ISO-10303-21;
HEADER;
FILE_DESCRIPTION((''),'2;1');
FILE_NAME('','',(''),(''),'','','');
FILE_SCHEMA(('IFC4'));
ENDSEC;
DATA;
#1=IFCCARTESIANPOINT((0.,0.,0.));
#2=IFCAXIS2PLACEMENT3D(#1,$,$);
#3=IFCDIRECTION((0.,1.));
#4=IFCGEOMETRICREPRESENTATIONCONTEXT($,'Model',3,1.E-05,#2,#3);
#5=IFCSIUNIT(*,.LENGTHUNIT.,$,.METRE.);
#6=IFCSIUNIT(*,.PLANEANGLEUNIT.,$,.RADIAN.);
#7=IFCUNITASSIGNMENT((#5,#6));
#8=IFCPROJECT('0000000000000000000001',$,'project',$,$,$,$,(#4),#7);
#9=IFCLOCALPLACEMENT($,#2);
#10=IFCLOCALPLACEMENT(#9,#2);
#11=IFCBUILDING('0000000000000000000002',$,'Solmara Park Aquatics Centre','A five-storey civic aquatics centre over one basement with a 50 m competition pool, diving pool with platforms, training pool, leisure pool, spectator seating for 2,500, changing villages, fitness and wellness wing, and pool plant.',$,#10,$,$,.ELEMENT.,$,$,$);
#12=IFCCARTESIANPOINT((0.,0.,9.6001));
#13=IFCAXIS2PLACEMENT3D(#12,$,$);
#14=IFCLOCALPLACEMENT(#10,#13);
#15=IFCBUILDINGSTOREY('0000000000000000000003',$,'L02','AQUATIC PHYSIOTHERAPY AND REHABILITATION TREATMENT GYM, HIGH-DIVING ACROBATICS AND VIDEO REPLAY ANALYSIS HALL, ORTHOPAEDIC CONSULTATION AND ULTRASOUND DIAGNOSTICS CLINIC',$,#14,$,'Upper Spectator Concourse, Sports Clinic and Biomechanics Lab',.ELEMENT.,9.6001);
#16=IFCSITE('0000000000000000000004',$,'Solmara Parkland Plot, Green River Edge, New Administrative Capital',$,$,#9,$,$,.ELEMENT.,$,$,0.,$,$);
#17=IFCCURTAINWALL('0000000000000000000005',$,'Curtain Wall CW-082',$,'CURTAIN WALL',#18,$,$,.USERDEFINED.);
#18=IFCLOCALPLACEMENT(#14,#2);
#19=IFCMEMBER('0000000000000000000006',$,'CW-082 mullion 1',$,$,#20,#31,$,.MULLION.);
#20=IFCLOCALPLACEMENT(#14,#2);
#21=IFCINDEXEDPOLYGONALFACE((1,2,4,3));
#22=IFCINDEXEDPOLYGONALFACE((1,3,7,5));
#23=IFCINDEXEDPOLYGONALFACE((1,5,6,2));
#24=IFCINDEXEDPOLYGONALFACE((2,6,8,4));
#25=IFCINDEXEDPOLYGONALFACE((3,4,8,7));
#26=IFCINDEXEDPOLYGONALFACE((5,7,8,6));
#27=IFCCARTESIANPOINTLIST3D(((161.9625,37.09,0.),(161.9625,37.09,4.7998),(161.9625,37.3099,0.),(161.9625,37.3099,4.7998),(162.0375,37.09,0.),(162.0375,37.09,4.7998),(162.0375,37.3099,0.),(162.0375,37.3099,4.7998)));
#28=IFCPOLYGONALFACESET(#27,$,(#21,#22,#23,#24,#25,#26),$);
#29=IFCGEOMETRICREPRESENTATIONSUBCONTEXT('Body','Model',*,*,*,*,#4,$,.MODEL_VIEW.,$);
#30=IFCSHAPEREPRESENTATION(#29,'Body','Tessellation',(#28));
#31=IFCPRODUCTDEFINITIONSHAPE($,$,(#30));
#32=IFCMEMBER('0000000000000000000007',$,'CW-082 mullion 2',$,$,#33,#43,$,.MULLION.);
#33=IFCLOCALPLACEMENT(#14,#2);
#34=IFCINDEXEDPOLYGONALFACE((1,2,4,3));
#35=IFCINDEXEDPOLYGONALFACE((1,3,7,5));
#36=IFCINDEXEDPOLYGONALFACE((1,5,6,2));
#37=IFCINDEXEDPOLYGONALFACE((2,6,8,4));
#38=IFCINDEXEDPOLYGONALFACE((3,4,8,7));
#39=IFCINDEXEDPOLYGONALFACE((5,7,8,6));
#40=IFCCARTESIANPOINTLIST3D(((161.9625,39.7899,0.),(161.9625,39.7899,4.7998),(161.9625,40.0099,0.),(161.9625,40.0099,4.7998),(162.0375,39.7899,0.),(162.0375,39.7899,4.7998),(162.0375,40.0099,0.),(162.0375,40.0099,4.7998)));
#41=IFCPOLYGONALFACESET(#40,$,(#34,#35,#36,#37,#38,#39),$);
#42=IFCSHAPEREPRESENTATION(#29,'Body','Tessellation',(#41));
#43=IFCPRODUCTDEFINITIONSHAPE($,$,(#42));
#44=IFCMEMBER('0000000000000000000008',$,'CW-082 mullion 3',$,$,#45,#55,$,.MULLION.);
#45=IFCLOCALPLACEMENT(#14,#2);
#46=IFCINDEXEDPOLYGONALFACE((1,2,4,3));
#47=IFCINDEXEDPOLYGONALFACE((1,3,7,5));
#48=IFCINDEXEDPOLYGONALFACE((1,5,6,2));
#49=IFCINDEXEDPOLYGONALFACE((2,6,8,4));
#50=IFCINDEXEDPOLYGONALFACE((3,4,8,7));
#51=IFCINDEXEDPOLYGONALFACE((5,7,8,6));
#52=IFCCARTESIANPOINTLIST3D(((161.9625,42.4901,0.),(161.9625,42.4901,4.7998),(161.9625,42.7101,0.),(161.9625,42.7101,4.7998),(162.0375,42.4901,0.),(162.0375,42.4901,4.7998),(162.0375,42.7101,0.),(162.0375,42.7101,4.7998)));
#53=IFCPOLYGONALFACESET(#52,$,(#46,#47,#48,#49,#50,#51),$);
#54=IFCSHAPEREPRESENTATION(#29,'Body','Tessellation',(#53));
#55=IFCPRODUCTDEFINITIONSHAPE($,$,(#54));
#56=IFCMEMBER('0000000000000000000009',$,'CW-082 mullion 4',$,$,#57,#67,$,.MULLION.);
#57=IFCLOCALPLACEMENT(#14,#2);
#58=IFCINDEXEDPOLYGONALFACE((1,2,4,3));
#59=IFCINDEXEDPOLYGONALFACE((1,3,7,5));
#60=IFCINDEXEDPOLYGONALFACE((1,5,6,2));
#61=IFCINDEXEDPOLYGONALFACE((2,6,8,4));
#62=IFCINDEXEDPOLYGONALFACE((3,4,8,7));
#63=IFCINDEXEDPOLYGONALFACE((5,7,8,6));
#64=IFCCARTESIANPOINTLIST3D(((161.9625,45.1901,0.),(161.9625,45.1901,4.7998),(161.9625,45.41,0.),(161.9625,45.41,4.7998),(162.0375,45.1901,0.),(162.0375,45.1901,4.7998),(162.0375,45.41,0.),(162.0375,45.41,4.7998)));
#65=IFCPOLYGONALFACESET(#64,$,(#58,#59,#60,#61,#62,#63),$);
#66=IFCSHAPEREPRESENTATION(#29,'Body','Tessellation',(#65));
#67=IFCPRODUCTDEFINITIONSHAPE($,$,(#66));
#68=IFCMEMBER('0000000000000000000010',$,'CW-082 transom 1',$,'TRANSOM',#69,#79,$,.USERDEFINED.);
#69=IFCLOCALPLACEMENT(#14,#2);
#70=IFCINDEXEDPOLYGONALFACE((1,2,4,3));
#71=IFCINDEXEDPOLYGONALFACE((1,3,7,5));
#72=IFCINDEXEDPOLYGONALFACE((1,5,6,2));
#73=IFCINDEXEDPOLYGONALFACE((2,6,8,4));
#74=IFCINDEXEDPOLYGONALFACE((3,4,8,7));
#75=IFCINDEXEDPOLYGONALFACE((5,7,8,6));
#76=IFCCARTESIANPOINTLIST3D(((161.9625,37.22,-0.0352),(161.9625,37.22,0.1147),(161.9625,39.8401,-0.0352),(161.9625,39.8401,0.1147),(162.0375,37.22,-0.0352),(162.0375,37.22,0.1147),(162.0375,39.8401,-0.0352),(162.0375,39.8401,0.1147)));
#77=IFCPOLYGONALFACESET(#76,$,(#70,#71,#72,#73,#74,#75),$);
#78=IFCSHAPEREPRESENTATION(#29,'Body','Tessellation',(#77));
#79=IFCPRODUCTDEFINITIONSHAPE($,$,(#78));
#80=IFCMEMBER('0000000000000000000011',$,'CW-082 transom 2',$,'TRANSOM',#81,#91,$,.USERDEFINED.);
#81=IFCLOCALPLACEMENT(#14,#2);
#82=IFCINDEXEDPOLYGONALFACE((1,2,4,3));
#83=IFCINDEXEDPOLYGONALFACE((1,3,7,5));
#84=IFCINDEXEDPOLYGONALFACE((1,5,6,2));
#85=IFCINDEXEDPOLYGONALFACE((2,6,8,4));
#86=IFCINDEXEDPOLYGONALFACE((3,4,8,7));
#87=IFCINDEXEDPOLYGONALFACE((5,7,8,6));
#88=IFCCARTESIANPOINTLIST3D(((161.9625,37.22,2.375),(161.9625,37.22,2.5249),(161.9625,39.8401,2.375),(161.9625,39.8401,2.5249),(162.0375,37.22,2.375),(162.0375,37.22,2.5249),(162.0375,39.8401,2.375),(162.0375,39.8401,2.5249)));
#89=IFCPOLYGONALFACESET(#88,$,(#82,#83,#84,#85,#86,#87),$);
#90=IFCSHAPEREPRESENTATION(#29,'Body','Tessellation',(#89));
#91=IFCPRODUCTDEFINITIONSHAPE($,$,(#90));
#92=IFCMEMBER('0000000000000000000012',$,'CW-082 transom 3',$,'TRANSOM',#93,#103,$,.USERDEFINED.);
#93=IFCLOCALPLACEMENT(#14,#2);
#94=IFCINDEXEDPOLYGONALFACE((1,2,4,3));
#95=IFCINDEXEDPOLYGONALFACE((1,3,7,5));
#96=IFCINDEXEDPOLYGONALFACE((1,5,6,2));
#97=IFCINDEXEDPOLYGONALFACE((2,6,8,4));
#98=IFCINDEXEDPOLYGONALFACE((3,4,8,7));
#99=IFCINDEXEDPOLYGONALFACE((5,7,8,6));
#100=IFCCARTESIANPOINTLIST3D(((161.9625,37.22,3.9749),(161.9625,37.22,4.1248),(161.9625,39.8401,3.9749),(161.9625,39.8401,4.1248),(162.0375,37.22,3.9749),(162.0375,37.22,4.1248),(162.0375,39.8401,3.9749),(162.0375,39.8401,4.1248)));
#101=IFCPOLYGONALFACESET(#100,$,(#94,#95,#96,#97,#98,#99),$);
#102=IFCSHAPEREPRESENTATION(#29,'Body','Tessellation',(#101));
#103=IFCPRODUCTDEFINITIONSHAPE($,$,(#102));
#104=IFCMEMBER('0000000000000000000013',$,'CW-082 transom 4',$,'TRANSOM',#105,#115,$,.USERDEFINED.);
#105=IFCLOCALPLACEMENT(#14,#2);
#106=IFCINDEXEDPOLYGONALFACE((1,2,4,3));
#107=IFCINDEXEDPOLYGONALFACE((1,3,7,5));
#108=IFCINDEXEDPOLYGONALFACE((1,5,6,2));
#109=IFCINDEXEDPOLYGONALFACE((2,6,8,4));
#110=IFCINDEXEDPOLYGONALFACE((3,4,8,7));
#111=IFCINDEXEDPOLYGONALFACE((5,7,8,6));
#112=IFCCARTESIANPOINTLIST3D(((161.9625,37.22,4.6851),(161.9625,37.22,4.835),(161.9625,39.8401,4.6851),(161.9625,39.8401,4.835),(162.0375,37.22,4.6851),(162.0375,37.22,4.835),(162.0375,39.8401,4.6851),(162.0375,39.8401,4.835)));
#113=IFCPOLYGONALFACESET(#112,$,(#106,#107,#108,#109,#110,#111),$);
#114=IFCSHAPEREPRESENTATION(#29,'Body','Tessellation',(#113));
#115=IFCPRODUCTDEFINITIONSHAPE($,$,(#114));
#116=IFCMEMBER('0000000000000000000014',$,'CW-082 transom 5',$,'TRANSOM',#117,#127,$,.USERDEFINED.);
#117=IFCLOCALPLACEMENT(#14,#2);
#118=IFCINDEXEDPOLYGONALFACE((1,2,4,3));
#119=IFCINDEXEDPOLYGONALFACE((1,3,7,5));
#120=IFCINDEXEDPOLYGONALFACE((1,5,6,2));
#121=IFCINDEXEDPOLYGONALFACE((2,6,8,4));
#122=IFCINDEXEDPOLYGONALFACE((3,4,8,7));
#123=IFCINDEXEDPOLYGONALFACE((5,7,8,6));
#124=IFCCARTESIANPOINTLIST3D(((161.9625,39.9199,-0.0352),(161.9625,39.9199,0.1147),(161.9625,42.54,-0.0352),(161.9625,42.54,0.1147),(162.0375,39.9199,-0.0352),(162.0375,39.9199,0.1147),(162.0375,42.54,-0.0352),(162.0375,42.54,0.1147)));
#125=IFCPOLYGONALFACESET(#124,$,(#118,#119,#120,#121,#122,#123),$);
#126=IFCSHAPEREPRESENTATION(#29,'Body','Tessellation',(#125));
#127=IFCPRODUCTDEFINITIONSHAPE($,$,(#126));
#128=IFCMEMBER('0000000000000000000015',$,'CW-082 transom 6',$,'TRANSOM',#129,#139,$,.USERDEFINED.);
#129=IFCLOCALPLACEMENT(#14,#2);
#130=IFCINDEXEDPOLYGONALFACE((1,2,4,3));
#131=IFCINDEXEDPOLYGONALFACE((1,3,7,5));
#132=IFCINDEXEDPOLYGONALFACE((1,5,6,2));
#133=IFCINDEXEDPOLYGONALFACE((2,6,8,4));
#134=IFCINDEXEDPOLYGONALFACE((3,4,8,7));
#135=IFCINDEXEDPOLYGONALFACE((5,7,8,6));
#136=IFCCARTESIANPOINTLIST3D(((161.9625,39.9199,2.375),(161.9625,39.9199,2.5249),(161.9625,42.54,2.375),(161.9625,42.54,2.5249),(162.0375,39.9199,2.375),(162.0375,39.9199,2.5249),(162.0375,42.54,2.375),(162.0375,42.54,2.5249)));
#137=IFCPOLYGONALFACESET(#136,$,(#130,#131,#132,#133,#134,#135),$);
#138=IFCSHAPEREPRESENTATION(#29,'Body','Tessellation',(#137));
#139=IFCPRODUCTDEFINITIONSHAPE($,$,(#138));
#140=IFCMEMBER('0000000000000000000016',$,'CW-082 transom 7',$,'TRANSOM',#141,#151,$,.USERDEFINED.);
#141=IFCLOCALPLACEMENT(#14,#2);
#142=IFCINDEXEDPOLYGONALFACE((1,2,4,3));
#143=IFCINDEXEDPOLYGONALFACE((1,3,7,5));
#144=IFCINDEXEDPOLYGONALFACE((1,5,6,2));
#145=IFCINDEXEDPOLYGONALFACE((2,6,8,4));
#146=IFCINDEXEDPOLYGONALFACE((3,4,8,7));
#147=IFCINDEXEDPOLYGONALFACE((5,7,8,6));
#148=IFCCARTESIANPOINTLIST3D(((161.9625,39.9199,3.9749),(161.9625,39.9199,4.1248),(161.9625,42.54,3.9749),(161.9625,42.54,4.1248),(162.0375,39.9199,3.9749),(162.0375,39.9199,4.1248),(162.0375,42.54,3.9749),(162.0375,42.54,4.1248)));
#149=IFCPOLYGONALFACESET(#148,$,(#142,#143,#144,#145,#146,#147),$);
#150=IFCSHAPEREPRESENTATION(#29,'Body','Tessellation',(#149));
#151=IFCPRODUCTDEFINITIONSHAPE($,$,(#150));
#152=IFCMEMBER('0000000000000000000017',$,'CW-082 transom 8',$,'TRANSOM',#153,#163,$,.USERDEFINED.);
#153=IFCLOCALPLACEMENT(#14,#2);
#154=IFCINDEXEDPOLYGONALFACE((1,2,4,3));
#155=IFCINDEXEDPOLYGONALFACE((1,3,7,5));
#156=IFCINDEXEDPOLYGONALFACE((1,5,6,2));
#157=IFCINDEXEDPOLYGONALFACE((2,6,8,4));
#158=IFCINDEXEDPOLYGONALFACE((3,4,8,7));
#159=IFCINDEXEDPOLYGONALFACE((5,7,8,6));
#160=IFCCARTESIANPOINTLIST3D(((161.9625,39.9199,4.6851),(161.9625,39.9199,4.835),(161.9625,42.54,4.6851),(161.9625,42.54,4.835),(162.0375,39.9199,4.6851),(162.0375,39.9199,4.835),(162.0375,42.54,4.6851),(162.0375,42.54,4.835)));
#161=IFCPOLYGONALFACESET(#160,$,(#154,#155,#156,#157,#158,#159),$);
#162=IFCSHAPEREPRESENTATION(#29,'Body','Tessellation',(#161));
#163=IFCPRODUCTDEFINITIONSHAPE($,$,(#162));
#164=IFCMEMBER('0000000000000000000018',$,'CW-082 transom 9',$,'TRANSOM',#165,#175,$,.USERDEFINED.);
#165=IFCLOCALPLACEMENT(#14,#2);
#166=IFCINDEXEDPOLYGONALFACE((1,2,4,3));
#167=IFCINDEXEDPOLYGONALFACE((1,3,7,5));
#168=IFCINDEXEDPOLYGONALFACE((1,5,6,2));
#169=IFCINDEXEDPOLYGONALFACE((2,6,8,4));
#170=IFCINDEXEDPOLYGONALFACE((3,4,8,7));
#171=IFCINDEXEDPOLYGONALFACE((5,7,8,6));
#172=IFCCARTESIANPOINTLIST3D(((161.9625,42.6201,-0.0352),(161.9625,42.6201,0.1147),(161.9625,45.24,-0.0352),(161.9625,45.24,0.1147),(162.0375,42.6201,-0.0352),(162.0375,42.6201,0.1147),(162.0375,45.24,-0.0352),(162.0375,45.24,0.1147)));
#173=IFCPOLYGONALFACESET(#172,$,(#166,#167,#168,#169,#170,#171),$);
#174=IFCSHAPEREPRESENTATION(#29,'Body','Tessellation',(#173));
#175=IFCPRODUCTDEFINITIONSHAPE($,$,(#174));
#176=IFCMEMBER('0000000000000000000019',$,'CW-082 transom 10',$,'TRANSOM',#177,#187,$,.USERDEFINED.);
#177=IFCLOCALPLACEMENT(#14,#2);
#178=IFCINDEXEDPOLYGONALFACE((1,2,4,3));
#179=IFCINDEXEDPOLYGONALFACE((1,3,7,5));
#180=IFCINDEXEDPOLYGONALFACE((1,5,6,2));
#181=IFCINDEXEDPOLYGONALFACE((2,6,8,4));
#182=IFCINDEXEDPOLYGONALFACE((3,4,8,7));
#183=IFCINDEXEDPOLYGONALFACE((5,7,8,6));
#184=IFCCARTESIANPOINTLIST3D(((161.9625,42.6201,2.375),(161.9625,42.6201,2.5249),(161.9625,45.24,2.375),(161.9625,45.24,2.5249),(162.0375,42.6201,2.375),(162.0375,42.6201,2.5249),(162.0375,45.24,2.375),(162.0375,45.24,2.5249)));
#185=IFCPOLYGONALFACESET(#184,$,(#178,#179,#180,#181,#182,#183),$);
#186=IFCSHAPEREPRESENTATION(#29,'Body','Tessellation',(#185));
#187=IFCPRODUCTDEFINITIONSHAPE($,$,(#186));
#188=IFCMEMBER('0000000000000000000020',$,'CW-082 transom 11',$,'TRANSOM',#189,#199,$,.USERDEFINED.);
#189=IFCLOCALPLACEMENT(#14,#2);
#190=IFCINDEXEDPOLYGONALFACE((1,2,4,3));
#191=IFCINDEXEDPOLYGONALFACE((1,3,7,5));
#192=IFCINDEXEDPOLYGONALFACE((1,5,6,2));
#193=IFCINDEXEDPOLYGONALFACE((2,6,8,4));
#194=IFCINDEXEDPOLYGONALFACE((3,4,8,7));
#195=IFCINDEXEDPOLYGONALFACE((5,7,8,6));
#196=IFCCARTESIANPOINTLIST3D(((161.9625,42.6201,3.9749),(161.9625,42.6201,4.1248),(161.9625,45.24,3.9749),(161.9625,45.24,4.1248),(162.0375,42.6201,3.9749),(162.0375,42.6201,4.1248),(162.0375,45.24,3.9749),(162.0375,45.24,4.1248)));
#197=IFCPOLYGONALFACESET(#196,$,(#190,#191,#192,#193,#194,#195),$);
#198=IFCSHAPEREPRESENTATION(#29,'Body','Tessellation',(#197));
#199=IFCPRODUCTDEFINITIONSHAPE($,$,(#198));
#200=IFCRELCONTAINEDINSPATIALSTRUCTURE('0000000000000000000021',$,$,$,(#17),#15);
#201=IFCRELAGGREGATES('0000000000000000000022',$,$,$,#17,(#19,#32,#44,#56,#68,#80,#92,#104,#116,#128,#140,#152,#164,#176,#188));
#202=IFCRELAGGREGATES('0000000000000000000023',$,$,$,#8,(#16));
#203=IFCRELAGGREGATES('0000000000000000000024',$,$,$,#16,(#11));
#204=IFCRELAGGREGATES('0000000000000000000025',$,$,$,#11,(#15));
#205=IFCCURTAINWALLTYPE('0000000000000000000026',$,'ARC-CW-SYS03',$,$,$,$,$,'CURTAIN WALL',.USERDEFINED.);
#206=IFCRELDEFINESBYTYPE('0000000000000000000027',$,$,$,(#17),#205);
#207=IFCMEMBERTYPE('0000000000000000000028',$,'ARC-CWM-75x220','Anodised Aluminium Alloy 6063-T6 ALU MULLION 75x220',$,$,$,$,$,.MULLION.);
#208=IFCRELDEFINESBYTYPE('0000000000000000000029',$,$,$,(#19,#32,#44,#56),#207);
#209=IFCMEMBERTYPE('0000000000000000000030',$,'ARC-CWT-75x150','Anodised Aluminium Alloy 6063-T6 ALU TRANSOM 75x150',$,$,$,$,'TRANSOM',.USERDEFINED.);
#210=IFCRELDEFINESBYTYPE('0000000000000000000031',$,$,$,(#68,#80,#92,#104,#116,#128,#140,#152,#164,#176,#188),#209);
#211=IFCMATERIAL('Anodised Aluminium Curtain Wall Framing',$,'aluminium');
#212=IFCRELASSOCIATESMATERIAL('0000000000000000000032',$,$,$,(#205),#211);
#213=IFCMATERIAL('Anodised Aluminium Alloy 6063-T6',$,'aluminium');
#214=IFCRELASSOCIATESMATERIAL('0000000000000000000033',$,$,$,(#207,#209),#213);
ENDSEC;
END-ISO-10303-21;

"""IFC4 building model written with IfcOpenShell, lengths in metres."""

from ifc_helpers import new_model, si_unit, direction, frame, origin, origin_2d, place, context, subcontext, project, spatial, rectangle, extrude, material, material_profile, profile_set, type_object, element, aggregate, save


model = new_model("IFC4")

# Units and contexts
model_context = context("Model", 3, precision=1e-05, world=origin(), true_north=direction((0.0, 1.0)))
body_context = subcontext(model_context, "Body", "Model", "MODEL_VIEW")
ifc_project = project(units=[si_unit("LENGTHUNIT", "METRE"), si_unit("PLANEANGLEUNIT", "RADIAN")], contexts=[model_context])

# Site, building, storey
site_placement = place(None, origin())
site = spatial("IfcSite", under=ifc_project, at=site_placement, Name="Solmara Parkland Plot, Green River Edge, New Administrative Capital", CompositionType="ELEMENT", RefElevation=0.0)
building_placement = place(site_placement, origin())
building = spatial("IfcBuilding", under=site, at=building_placement, Name="Solmara Park Aquatics Centre", Description="A five-storey civic aquatics centre over one basement with a 50 m competition pool, diving pool with platforms, training pool, leisure pool, spectator seating for 2,500, changing villages, fitness and wellness wing, and pool plant.", CompositionType="ELEMENT")
storey_placement = place(building_placement, frame((0.0, 0.0, 9.6001)))
storey = spatial("IfcBuildingStorey", under=building, at=storey_placement, Name="L02", Description="AQUATIC PHYSIOTHERAPY AND REHABILITATION TREATMENT GYM, HIGH-DIVING ACROBATICS AND VIDEO REPLAY ANALYSIS HALL, ORTHOPAEDIC CONSULTATION AND ULTRASOUND DIAGNOSTICS CLINIC", LongName="Upper Spectator Concourse, Sports Clinic and Biomechanics Lab", CompositionType="ELEMENT", Elevation=9.6001)

# Curtain wall, members
ifc_material_1 = material(Name="Anodised Aluminium Curtain Wall Framing", Category="aluminium")
curtain_wall_type = type_object("IfcCurtainWallType", Name="ARC-CW-SYS03", ElementType="CURTAIN WALL", PredefinedType="USERDEFINED", material=ifc_material_1)
curtain_wall_placement = place(storey_placement, origin())
curtain_wall = element("IfcCurtainWall", 1, at=curtain_wall_placement, inside=storey, type_object=curtain_wall_type, Name="Curtain Wall CW-082", ObjectType="CURTAIN WALL", PredefinedType="USERDEFINED")
ifc_material_2 = material(Name="Anodised Aluminium Alloy 6063-T6", Category="aluminium")
ifc_material_profile_1 = material_profile(ifc_material_2, rectangle(XDim=0.075, YDim=0.22, at=origin_2d()), Name="ALU MULLION 75x220")
ifc_profile_set_1 = profile_set([ifc_material_profile_1], Name="Anodised Aluminium Alloy 6063-T6")
member_type_1 = type_object("IfcMemberType", Name="ARC-CWM-75x220", Description="Anodised Aluminium Alloy 6063-T6 ALU MULLION 75x220", PredefinedType="MULLION", material=ifc_profile_set_1)
member_1_placement = place(storey_placement, frame((162.0, 37.2, 0.0), z_axis=(0.0, 0.0, 1.0), x_axis=(1.0, 0.0, 0.0)))
member_1 = element("IfcMember", 2, at=member_1_placement, type_object=member_type_1, Name="CW-082 mullion 1", PredefinedType="MULLION", context=body_context, shape_type="SweptSolid", body=[
    extrude(rectangle(XDim=0.075, YDim=0.22, at=origin_2d()), origin(), (0.0, 0.0, 1.0), 4.7998),
])
member_2_placement = place(storey_placement, frame((162.0, 39.8999, 0.0), z_axis=(0.0, 0.0, 1.0), x_axis=(1.0, 0.0, 0.0)))
member_2 = element("IfcMember", 3, at=member_2_placement, type_object=member_type_1, Name="CW-082 mullion 2", PredefinedType="MULLION", context=body_context, shape_type="SweptSolid", body=[
    extrude(rectangle(XDim=0.075, YDim=0.22, at=origin_2d()), origin(), (0.0, 0.0, 1.0), 4.7998),
])
member_3_placement = place(storey_placement, frame((162.0, 42.6001, 0.0), z_axis=(0.0, 0.0, 1.0), x_axis=(1.0, 0.0, 0.0)))
member_3 = element("IfcMember", 4, at=member_3_placement, type_object=member_type_1, Name="CW-082 mullion 3", PredefinedType="MULLION", context=body_context, shape_type="SweptSolid", body=[
    extrude(rectangle(XDim=0.075, YDim=0.22, at=origin_2d()), origin(), (0.0, 0.0, 1.0), 4.7998),
])
member_4_placement = place(storey_placement, frame((162.0, 45.3, 0.0), z_axis=(0.0, 0.0, 1.0), x_axis=(1.0, 0.0, 0.0)))
member_4 = element("IfcMember", 5, at=member_4_placement, type_object=member_type_1, Name="CW-082 mullion 4", PredefinedType="MULLION", context=body_context, shape_type="SweptSolid", body=[
    extrude(rectangle(XDim=0.075, YDim=0.22, at=origin_2d()), origin(), (0.0, 0.0, 1.0), 4.7998),
])
ifc_material_profile_2 = material_profile(ifc_material_2, rectangle(XDim=0.075, YDim=0.1499, at=origin_2d()), Name="ALU TRANSOM 75x150")
ifc_profile_set_2 = profile_set([ifc_material_profile_2], Name="Anodised Aluminium Alloy 6063-T6")
member_type_2 = type_object("IfcMemberType", Name="ARC-CWT-75x150", Description="Anodised Aluminium Alloy 6063-T6 ALU TRANSOM 75x150", ElementType="TRANSOM", PredefinedType="USERDEFINED", material=ifc_profile_set_2)
member_5_placement = place(storey_placement, frame((162.0, 37.22, 0.0398), z_axis=(0.0, 1.0, 0.0), x_axis=(-1.0, 0.0, 0.0)))
member_5 = element("IfcMember", 6, at=member_5_placement, type_object=member_type_2, Name="CW-082 transom 1", ObjectType="TRANSOM", PredefinedType="USERDEFINED", context=body_context, shape_type="SweptSolid", body=[
    extrude(rectangle(XDim=0.075, YDim=0.1499, at=origin_2d()), origin(), (0.0, 0.0, 1.0), 2.6201),
])
member_6_placement = place(storey_placement, frame((162.0, 37.22, 2.45), z_axis=(0.0, 1.0, 0.0), x_axis=(-1.0, 0.0, 0.0)))
member_6 = element("IfcMember", 7, at=member_6_placement, type_object=member_type_2, Name="CW-082 transom 2", ObjectType="TRANSOM", PredefinedType="USERDEFINED", context=body_context, shape_type="SweptSolid", body=[
    extrude(rectangle(XDim=0.075, YDim=0.1499, at=origin_2d()), origin(), (0.0, 0.0, 1.0), 2.6201),
])
member_7_placement = place(storey_placement, frame((162.0, 37.22, 4.0498), z_axis=(0.0, 1.0, 0.0), x_axis=(-1.0, 0.0, 0.0)))
member_7 = element("IfcMember", 8, at=member_7_placement, type_object=member_type_2, Name="CW-082 transom 3", ObjectType="TRANSOM", PredefinedType="USERDEFINED", context=body_context, shape_type="SweptSolid", body=[
    extrude(rectangle(XDim=0.075, YDim=0.1499, at=origin_2d()), origin(), (0.0, 0.0, 1.0), 2.6201),
])
member_8_placement = place(storey_placement, frame((162.0, 37.22, 4.76), z_axis=(0.0, 1.0, 0.0), x_axis=(-1.0, 0.0, 0.0)))
member_8 = element("IfcMember", 9, at=member_8_placement, type_object=member_type_2, Name="CW-082 transom 4", ObjectType="TRANSOM", PredefinedType="USERDEFINED", context=body_context, shape_type="SweptSolid", body=[
    extrude(rectangle(XDim=0.075, YDim=0.1499, at=origin_2d()), origin(), (0.0, 0.0, 1.0), 2.6201),
])
member_9_placement = place(storey_placement, frame((162.0, 39.9199, 0.0398), z_axis=(0.0, 1.0, 0.0), x_axis=(-1.0, 0.0, 0.0)))
member_9 = element("IfcMember", 10, at=member_9_placement, type_object=member_type_2, Name="CW-082 transom 5", ObjectType="TRANSOM", PredefinedType="USERDEFINED", context=body_context, shape_type="SweptSolid", body=[
    extrude(rectangle(XDim=0.075, YDim=0.1499, at=origin_2d()), origin(), (0.0, 0.0, 1.0), 2.6201),
])
member_10_placement = place(storey_placement, frame((162.0, 39.9199, 2.45), z_axis=(0.0, 1.0, 0.0), x_axis=(-1.0, 0.0, 0.0)))
member_10 = element("IfcMember", 11, at=member_10_placement, type_object=member_type_2, Name="CW-082 transom 6", ObjectType="TRANSOM", PredefinedType="USERDEFINED", context=body_context, shape_type="SweptSolid", body=[
    extrude(rectangle(XDim=0.075, YDim=0.1499, at=origin_2d()), origin(), (0.0, 0.0, 1.0), 2.6201),
])
member_11_placement = place(storey_placement, frame((162.0, 39.9199, 4.0498), z_axis=(0.0, 1.0, 0.0), x_axis=(-1.0, 0.0, 0.0)))
member_11 = element("IfcMember", 12, at=member_11_placement, type_object=member_type_2, Name="CW-082 transom 7", ObjectType="TRANSOM", PredefinedType="USERDEFINED", context=body_context, shape_type="SweptSolid", body=[
    extrude(rectangle(XDim=0.075, YDim=0.1499, at=origin_2d()), origin(), (0.0, 0.0, 1.0), 2.6201),
])
member_12_placement = place(storey_placement, frame((162.0, 39.9199, 4.76), z_axis=(0.0, 1.0, 0.0), x_axis=(-1.0, 0.0, 0.0)))
member_12 = element("IfcMember", 13, at=member_12_placement, type_object=member_type_2, Name="CW-082 transom 8", ObjectType="TRANSOM", PredefinedType="USERDEFINED", context=body_context, shape_type="SweptSolid", body=[
    extrude(rectangle(XDim=0.075, YDim=0.1499, at=origin_2d()), origin(), (0.0, 0.0, 1.0), 2.6201),
])
member_13_placement = place(storey_placement, frame((162.0, 42.6201, 0.0398), z_axis=(0.0, 1.0, 0.0), x_axis=(-1.0, 0.0, 0.0)))
member_13 = element("IfcMember", 14, at=member_13_placement, type_object=member_type_2, Name="CW-082 transom 9", ObjectType="TRANSOM", PredefinedType="USERDEFINED", context=body_context, shape_type="SweptSolid", body=[
    extrude(rectangle(XDim=0.075, YDim=0.1499, at=origin_2d()), origin(), (0.0, 0.0, 1.0), 2.6199),
])
member_14_placement = place(storey_placement, frame((162.0, 42.6201, 2.45), z_axis=(0.0, 1.0, 0.0), x_axis=(-1.0, 0.0, 0.0)))
member_14 = element("IfcMember", 15, at=member_14_placement, type_object=member_type_2, Name="CW-082 transom 10", ObjectType="TRANSOM", PredefinedType="USERDEFINED", context=body_context, shape_type="SweptSolid", body=[
    extrude(rectangle(XDim=0.075, YDim=0.1499, at=origin_2d()), origin(), (0.0, 0.0, 1.0), 2.6199),
])
member_15_placement = place(storey_placement, frame((162.0, 42.6201, 4.0498), z_axis=(0.0, 1.0, 0.0), x_axis=(-1.0, 0.0, 0.0)))
member_15 = element("IfcMember", 16, at=member_15_placement, type_object=member_type_2, Name="CW-082 transom 11", ObjectType="TRANSOM", PredefinedType="USERDEFINED", context=body_context, shape_type="SweptSolid", body=[
    extrude(rectangle(XDim=0.075, YDim=0.1499, at=origin_2d()), origin(), (0.0, 0.0, 1.0), 2.6199),
])
aggregate(curtain_wall, [member_1, member_2, member_3, member_4, member_5, member_6, member_7, member_8, member_9, member_10, member_11, member_12, member_13, member_14, member_15])

save(model, "model.ifc")
